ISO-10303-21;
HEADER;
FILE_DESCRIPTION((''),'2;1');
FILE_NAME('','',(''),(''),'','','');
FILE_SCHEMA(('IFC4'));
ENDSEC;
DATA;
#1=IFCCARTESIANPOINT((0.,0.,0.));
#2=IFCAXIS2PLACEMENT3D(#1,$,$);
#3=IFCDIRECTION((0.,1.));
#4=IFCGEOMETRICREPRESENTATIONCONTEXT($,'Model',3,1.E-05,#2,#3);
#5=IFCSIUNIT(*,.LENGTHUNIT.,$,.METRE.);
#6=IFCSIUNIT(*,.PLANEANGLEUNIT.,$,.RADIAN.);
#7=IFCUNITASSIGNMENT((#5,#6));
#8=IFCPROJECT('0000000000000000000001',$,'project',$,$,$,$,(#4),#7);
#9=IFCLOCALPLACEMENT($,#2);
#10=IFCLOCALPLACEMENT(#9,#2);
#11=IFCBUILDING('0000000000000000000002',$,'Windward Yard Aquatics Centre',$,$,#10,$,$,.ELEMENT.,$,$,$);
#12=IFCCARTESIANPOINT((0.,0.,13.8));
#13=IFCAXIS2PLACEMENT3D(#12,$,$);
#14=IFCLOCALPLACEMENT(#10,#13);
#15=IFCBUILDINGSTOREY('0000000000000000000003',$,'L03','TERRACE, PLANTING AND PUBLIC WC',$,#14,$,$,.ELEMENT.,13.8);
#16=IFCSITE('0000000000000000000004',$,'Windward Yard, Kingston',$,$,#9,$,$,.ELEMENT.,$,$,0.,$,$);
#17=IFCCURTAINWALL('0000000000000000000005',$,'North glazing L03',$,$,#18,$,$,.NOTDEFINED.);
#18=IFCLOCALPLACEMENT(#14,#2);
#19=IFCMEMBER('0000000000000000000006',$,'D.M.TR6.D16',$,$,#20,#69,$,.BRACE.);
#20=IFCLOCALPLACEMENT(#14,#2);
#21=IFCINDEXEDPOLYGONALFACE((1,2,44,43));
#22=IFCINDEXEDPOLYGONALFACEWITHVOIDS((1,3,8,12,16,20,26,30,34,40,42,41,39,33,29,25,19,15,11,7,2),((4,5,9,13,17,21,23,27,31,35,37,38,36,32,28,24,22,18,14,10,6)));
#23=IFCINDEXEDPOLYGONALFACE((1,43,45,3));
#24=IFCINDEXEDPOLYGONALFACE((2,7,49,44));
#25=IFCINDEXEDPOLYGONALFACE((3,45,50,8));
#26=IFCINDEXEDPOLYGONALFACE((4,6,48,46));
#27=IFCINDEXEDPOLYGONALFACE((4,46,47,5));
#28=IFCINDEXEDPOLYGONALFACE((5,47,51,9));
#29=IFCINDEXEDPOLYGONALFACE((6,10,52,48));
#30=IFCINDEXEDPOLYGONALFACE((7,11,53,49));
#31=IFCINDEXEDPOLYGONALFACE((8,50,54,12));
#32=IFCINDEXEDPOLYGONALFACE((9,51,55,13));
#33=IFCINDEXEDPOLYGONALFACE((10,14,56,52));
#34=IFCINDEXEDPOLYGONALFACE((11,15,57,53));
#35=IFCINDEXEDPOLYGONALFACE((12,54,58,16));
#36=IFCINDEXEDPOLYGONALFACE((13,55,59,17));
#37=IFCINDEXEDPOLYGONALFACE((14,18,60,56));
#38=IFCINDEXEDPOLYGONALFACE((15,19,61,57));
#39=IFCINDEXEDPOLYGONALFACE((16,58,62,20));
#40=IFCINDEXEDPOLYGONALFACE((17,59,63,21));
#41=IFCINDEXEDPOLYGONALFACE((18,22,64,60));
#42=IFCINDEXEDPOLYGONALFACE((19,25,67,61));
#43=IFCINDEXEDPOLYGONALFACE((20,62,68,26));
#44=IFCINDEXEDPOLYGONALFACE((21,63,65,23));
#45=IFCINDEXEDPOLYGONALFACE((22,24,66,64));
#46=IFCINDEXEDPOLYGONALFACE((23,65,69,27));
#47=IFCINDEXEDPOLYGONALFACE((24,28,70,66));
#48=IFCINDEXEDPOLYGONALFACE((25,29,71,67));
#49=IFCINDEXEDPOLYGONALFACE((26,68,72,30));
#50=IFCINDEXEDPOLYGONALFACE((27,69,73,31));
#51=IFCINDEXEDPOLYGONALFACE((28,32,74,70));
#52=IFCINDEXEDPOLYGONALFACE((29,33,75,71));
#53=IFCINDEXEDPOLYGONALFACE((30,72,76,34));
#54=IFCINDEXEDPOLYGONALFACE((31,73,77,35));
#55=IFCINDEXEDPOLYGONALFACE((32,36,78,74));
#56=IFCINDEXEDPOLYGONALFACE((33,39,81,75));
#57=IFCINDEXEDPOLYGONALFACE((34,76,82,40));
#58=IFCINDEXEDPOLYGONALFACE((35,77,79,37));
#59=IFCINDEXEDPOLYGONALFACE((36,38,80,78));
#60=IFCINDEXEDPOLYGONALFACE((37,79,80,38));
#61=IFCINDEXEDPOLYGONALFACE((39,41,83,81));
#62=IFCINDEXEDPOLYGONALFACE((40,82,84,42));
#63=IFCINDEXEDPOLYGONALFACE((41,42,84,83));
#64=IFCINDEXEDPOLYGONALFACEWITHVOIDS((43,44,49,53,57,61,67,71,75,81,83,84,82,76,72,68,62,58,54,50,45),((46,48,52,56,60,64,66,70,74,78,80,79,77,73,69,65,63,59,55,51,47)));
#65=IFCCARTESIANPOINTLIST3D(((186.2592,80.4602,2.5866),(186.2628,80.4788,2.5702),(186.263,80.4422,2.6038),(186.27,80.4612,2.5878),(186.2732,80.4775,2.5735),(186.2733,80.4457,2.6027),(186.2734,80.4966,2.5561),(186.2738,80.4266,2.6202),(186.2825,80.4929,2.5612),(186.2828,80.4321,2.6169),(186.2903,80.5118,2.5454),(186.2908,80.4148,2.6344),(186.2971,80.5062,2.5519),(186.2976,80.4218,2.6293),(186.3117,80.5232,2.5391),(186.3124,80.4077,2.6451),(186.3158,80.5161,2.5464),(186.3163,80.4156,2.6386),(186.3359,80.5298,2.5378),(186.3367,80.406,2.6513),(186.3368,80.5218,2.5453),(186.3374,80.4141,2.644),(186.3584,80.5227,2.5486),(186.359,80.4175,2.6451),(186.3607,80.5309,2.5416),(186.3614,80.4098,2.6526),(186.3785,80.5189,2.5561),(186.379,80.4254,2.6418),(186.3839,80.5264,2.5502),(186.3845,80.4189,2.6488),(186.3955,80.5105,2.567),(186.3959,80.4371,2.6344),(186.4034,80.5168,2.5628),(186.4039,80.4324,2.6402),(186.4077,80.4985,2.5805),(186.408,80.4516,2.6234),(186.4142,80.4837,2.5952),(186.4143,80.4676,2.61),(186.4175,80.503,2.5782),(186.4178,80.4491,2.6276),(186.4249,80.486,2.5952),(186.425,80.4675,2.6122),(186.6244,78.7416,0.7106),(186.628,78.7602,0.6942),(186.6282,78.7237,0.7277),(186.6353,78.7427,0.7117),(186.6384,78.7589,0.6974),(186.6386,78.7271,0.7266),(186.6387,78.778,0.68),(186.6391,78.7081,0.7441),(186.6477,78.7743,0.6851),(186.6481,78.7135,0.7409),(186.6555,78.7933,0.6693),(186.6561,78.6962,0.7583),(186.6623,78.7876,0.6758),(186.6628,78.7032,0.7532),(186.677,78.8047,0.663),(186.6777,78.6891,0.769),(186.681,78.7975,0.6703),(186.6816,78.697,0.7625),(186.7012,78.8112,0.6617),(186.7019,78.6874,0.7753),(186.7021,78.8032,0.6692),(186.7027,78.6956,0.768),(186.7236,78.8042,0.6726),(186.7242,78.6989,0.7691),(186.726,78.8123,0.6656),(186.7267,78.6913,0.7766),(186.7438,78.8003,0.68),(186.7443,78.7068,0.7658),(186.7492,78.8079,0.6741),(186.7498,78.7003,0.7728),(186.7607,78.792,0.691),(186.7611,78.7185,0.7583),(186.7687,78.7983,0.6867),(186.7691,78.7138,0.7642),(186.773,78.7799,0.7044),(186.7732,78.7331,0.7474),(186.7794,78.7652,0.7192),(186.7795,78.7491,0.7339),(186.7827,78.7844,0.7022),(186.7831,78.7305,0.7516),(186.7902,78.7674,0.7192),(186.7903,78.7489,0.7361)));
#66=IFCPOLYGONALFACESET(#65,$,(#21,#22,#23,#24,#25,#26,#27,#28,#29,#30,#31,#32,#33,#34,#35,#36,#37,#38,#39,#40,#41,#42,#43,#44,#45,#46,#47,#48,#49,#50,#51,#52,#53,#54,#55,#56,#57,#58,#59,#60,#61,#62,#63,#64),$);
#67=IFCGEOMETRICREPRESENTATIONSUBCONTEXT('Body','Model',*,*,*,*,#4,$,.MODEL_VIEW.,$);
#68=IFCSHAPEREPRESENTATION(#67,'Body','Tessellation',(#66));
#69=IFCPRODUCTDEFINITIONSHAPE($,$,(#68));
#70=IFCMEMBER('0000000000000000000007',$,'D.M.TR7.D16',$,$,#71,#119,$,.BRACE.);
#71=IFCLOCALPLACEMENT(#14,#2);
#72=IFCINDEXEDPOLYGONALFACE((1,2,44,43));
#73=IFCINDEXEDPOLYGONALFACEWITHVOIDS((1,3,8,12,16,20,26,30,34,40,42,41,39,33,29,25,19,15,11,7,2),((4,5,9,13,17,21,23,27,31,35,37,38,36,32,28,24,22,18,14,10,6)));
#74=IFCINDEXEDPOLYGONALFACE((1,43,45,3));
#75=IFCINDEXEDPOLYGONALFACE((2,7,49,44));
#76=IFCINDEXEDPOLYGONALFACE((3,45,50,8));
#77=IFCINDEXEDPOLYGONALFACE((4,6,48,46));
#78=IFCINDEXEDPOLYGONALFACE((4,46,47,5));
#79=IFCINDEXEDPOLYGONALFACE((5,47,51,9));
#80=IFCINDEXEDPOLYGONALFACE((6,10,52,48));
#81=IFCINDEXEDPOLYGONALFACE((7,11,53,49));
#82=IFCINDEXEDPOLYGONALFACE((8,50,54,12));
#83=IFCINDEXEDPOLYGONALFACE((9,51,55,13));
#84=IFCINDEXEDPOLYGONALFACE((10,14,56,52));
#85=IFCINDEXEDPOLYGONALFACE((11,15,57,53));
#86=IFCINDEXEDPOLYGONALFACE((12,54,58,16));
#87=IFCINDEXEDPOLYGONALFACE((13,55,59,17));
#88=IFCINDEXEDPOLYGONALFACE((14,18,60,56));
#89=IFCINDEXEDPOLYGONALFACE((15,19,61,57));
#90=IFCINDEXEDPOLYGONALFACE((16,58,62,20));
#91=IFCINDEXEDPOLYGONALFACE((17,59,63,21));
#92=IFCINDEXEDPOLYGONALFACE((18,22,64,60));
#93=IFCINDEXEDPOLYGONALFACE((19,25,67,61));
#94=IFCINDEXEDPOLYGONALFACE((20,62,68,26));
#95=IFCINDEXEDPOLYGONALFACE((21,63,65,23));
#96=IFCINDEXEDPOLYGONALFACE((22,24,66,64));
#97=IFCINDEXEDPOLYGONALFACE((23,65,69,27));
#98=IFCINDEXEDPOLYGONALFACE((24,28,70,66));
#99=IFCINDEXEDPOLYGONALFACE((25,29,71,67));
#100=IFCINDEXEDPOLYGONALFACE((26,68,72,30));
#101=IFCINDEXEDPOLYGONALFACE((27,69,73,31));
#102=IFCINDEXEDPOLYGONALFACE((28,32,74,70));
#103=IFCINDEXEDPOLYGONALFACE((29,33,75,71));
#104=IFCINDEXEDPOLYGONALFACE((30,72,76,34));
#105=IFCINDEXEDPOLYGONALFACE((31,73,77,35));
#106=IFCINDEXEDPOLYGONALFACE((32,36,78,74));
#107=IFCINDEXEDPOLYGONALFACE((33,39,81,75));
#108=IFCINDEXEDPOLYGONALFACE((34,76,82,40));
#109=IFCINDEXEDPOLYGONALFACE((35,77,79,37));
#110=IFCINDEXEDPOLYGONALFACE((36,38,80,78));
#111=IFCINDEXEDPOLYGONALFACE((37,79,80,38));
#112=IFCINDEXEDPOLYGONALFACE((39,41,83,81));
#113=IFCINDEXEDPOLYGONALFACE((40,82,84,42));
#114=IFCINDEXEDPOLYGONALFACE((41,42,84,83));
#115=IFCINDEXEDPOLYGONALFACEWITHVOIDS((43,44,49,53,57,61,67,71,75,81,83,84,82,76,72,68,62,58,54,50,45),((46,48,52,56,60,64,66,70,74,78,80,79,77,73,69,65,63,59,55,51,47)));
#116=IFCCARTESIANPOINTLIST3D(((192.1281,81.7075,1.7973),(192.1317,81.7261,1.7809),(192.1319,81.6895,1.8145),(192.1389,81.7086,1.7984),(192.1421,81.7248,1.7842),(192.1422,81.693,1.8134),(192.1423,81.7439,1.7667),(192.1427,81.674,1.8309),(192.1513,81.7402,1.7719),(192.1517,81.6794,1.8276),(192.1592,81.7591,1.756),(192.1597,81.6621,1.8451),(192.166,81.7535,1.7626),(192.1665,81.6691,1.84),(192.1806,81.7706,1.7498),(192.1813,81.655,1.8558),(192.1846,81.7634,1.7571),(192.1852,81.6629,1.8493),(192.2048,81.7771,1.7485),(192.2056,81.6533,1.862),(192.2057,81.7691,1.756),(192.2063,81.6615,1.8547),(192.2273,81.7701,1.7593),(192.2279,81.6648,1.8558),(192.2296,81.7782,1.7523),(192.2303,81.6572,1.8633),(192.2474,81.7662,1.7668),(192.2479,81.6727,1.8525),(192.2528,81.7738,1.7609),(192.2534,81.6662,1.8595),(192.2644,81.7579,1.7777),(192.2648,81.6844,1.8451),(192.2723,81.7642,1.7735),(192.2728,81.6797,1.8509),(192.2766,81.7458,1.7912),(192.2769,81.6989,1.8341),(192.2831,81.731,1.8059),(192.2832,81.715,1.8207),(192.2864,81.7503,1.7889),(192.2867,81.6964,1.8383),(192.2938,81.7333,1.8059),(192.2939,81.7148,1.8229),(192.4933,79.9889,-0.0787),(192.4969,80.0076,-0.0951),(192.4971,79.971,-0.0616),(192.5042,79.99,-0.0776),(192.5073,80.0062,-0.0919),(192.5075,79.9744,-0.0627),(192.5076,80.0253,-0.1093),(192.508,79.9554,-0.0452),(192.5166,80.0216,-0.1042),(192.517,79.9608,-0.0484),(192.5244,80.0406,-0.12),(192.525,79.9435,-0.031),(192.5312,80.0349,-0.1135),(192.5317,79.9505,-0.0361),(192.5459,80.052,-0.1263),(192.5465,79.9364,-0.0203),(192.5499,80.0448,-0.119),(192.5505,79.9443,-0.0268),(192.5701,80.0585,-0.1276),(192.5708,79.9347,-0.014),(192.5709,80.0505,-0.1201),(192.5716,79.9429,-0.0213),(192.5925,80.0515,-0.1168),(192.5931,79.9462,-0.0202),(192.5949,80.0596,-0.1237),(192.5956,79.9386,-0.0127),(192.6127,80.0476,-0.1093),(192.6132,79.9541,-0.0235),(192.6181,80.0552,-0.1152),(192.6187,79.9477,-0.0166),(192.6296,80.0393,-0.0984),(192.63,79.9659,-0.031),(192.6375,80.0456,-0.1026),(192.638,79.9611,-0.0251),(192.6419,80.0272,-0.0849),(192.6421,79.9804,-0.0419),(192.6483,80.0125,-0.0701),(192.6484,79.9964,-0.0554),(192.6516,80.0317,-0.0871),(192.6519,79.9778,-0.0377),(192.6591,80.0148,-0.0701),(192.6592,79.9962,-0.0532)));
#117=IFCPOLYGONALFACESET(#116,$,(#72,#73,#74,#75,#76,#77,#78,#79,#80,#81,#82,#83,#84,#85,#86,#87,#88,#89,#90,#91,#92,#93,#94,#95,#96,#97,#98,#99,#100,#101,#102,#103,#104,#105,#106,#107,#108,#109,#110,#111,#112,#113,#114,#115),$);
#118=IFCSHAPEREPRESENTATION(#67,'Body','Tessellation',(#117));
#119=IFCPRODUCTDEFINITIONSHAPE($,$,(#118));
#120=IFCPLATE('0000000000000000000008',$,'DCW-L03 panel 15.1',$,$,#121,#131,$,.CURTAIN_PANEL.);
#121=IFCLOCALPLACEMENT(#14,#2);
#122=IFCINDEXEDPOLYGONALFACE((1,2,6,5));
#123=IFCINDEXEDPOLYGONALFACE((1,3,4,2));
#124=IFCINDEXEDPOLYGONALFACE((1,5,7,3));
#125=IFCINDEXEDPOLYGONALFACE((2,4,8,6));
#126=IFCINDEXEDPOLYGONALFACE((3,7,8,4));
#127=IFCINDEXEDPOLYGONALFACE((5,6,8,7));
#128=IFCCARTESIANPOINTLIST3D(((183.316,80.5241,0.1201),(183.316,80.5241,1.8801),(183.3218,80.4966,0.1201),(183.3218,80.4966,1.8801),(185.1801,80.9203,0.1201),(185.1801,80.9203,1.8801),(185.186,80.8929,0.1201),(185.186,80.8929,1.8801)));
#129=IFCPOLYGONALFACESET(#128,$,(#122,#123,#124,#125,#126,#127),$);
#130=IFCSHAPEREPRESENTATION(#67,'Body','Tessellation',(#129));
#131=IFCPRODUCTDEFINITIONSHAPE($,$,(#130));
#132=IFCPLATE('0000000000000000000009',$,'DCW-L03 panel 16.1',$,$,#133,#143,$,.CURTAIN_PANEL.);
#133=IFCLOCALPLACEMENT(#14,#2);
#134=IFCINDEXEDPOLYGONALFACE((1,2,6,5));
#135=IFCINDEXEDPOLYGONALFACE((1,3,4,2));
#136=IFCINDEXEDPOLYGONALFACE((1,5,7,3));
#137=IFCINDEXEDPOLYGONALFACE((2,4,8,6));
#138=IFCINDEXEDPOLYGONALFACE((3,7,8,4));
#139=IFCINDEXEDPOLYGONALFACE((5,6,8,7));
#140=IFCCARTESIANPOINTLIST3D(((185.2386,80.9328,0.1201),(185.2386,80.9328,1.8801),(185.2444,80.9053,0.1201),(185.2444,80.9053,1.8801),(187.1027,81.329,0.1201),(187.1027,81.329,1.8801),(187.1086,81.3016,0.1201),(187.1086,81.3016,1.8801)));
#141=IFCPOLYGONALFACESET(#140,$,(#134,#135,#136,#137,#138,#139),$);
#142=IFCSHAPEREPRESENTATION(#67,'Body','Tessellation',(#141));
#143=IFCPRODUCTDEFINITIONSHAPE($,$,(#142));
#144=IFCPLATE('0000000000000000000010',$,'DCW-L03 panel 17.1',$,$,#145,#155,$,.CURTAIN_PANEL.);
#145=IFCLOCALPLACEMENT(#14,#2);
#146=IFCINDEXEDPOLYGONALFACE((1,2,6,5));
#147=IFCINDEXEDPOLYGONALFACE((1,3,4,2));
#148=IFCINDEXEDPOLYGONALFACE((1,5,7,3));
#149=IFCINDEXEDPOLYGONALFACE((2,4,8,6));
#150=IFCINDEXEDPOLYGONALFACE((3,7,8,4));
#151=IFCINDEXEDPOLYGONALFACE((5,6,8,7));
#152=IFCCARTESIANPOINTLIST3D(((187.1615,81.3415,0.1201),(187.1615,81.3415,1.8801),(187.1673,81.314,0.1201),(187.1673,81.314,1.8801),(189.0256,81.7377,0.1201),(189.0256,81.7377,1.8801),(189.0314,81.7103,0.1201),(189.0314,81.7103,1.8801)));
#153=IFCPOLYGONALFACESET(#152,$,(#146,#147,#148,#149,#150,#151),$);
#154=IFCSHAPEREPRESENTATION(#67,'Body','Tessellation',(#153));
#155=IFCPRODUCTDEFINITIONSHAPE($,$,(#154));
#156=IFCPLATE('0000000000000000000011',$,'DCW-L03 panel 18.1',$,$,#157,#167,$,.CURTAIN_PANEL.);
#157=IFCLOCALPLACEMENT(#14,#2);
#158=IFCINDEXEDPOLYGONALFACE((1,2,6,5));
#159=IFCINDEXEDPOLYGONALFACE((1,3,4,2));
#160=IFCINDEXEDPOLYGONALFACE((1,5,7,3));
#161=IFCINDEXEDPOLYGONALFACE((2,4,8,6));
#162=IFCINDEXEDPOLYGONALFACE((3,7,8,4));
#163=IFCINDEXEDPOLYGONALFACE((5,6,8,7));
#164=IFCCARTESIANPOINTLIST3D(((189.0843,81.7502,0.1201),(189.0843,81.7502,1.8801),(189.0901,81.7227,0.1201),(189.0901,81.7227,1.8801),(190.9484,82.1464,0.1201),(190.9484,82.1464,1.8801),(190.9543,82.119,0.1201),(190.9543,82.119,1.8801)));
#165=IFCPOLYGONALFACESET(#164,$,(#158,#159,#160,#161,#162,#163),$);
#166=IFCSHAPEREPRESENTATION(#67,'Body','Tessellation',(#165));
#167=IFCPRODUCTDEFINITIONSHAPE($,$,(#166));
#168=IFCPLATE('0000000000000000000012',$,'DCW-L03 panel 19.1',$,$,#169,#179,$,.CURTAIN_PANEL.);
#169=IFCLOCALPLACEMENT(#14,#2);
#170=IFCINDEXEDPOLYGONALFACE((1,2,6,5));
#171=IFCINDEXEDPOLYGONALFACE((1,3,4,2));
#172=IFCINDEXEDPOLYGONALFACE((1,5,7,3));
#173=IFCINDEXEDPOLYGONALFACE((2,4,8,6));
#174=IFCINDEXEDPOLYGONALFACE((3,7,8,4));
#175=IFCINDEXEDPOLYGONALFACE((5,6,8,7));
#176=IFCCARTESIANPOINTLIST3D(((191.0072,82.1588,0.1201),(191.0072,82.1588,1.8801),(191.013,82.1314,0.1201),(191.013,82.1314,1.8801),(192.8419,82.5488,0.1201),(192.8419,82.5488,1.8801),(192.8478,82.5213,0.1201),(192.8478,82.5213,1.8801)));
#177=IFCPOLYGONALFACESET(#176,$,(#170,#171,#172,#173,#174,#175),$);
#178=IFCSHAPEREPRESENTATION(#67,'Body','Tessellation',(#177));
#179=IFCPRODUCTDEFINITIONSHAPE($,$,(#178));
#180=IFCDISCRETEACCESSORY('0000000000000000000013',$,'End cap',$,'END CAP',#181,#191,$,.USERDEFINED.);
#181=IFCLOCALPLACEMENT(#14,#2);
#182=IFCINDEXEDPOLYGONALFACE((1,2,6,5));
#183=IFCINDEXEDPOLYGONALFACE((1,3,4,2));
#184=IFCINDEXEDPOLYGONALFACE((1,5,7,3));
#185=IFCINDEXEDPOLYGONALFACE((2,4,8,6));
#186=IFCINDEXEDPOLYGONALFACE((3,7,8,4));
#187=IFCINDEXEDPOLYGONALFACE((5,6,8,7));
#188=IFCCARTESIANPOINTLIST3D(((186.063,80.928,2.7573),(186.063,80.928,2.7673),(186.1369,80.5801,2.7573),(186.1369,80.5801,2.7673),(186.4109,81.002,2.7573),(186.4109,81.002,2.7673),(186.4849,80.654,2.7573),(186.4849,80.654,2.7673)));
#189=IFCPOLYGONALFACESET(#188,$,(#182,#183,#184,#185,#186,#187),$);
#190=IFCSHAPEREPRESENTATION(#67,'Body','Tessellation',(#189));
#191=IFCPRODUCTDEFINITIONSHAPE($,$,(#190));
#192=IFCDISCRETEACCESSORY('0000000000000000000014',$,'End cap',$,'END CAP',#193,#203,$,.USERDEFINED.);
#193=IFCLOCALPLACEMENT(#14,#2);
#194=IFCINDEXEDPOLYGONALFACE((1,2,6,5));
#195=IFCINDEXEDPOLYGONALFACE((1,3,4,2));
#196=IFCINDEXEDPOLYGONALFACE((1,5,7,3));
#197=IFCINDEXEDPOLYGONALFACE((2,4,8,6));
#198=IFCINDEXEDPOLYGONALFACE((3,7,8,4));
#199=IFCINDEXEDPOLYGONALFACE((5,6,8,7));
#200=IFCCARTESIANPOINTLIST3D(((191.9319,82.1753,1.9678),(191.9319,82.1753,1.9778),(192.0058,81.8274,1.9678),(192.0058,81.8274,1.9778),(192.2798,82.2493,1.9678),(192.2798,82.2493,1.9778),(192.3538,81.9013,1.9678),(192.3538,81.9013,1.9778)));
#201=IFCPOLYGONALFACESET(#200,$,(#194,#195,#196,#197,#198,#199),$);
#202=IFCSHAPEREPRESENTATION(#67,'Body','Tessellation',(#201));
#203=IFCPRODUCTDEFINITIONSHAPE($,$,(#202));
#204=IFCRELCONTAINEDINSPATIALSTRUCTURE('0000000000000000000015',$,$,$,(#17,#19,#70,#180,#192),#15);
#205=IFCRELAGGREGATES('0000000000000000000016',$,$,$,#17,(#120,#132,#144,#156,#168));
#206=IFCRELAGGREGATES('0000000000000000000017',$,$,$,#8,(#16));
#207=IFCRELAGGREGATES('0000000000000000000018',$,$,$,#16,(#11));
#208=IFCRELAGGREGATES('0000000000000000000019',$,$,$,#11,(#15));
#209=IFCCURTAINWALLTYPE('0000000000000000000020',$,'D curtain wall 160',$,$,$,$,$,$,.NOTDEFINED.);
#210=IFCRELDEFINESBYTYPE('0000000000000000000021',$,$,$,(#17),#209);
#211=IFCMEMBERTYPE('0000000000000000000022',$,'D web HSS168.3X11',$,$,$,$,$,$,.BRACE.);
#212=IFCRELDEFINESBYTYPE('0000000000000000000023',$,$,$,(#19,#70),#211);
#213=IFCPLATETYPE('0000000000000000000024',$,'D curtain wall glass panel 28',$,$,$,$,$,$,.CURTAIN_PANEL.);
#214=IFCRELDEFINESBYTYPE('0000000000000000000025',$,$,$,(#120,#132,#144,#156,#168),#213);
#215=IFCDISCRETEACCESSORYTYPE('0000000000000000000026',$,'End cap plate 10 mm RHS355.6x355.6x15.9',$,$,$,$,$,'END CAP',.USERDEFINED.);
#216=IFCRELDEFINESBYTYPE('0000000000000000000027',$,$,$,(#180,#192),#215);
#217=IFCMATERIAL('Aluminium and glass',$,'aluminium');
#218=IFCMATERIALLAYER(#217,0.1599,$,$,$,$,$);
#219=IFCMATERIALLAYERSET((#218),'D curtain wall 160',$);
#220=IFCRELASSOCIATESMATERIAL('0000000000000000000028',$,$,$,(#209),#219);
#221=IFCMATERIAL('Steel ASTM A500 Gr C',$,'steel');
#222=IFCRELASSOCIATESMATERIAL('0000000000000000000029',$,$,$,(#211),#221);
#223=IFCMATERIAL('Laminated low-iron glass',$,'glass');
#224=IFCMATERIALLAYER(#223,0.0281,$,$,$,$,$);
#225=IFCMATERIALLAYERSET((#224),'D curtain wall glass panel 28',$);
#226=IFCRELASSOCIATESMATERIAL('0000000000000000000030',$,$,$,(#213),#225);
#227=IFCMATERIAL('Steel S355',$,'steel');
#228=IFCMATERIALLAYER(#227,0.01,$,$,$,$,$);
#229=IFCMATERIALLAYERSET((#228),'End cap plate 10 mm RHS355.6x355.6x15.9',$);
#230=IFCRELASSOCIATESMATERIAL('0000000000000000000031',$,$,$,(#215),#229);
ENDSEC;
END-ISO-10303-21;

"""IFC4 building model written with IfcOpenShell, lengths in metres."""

from ifc_helpers import new_model, si_unit, direction, frame, origin, origin_2d, place, context, subcontext, project, spatial, rectangle, hollow_circle, extrude, material, layer, layer_set, material_profile, profile_set, type_object, element, aggregate, save


model = new_model("IFC4")

# Units and contexts
model_context = context("Model", 3, precision=1e-05, world=origin(), true_north=direction((0.0, 1.0)))
body_context = subcontext(model_context, "Body", "Model", "MODEL_VIEW")
ifc_project = project(units=[si_unit("LENGTHUNIT", "METRE"), si_unit("PLANEANGLEUNIT", "RADIAN")], contexts=[model_context])

# Site, building, storey
site_placement = place(None, origin())
site = spatial("IfcSite", under=ifc_project, at=site_placement, Name="Windward Yard, Kingston", CompositionType="ELEMENT", RefElevation=0.0)
building_placement = place(site_placement, origin())
building = spatial("IfcBuilding", under=site, at=building_placement, Name="Windward Yard Aquatics Centre", CompositionType="ELEMENT")
storey_placement = place(building_placement, frame((0.0, 0.0, 13.8)))
storey = spatial("IfcBuildingStorey", under=building, at=storey_placement, Name="L03", Description="TERRACE, PLANTING AND PUBLIC WC", CompositionType="ELEMENT", Elevation=13.8)

# Shared definitions
ifc_material_1 = material(Name="Steel ASTM A500 Gr C", Category="steel")

# Curtain wall
ifc_material_2 = material(Name="Aluminium and glass", Category="aluminium")
ifc_layer_1 = layer(ifc_material_2, 0.1599)
ifc_layer_set_1 = layer_set([ifc_layer_1], Name="D curtain wall 160")
curtain_wall_type = type_object("IfcCurtainWallType", Name="D curtain wall 160", PredefinedType="NOTDEFINED", material=ifc_layer_set_1)
curtain_wall_placement = place(storey_placement, origin())
curtain_wall = element("IfcCurtainWall", 1, at=curtain_wall_placement, inside=storey, type_object=curtain_wall_type, Name="North glazing L03", PredefinedType="NOTDEFINED")

# Members
ifc_material_profile_1 = material_profile(ifc_material_1, hollow_circle(Radius=0.0842, WallThickness=0.011, at=origin_2d()), Name="HSS168.3X11")
ifc_profile_set_1 = profile_set([ifc_material_profile_1], Name="Steel ASTM A500 Gr C")
member_type_1 = type_object("IfcMemberType", Name="D web HSS168.3X11", PredefinedType="BRACE", material=ifc_profile_set_1)
for number, where, z_axis, x_axis, name in (
    (2, (186.3425, 80.4685, 2.5952), (0.142103, -0.668626, -0.729894), (0.978153, 0.207887, 0.0), "D.M.TR6.D16"),
    (3, (192.2114, 81.7158, 1.8059), (0.142103, -0.668626, -0.729894), (0.978153, 0.207887, 0.0), "D.M.TR7.D16"),
):
    element("IfcMember", number, at=place(storey_placement, frame(where, z_axis=z_axis, x_axis=x_axis)), inside=storey, type_object=member_type_1, Name=name, PredefinedType="BRACE", context=body_context, shape_type="SweptSolid", body=[
        extrude(hollow_circle(Radius=0.0842, WallThickness=0.011, at=origin_2d()), origin(), (0.0, 0.0, 1.0), 2.5703),
    ])

# Plates
ifc_material_3 = material(Name="Laminated low-iron glass", Category="glass")
ifc_layer_2 = layer(ifc_material_3, 0.0281)
ifc_layer_set_2 = layer_set([ifc_layer_2], Name="D curtain wall glass panel 28")
plate_type = type_object("IfcPlateType", Name="D curtain wall glass panel 28", PredefinedType="CURTAIN_PANEL", material=ifc_layer_set_2)
plate_1_placement = place(storey_placement, frame((184.251, 80.7085, 0.1201), z_axis=(0.0, 0.0, 1.0), x_axis=(0.978148, 0.207912, 0.0)))
plate_1 = element("IfcPlate", 4, at=plate_1_placement, type_object=plate_type, Name="DCW-L03 panel 15.1", PredefinedType="CURTAIN_PANEL", context=body_context, shape_type="SweptSolid", body=[
    extrude(rectangle(XDim=1.9058, YDim=0.0281, at=origin_2d()), origin(), (0.0, 0.0, 1.0), 1.76),
])
plate_2_placement = place(storey_placement, frame((186.1736, 81.1172, 0.1201), z_axis=(0.0, 0.0, 1.0), x_axis=(0.978148, 0.207912, 0.0)))
plate_2 = element("IfcPlate", 5, at=plate_2_placement, type_object=plate_type, Name="DCW-L03 panel 16.1", PredefinedType="CURTAIN_PANEL", context=body_context, shape_type="SweptSolid", body=[
    extrude(rectangle(XDim=1.9058, YDim=0.0281, at=origin_2d()), origin(), (0.0, 0.0, 1.0), 1.76),
])
plate_3_placement = place(storey_placement, frame((188.0964, 81.5259, 0.1201), z_axis=(0.0, 0.0, 1.0), x_axis=(0.978148, 0.207912, 0.0)))
plate_3 = element("IfcPlate", 6, at=plate_3_placement, type_object=plate_type, Name="DCW-L03 panel 17.1", PredefinedType="CURTAIN_PANEL", context=body_context, shape_type="SweptSolid", body=[
    extrude(rectangle(XDim=1.9058, YDim=0.0281, at=origin_2d()), origin(), (0.0, 0.0, 1.0), 1.76),
])
plate_4_placement = place(storey_placement, frame((190.0193, 81.9346, 0.1201), z_axis=(0.0, 0.0, 1.0), x_axis=(0.978148, 0.207912, 0.0)))
plate_4 = element("IfcPlate", 7, at=plate_4_placement, type_object=plate_type, Name="DCW-L03 panel 18.1", PredefinedType="CURTAIN_PANEL", context=body_context, shape_type="SweptSolid", body=[
    extrude(rectangle(XDim=1.9058, YDim=0.0281, at=origin_2d()), origin(), (0.0, 0.0, 1.0), 1.76),
])
plate_5_placement = place(storey_placement, frame((191.9275, 82.3401, 0.1201), z_axis=(0.0, 0.0, 1.0), x_axis=(0.978148, 0.207912, 0.0)))
plate_5 = element("IfcPlate", 8, at=plate_5_placement, type_object=plate_type, Name="DCW-L03 panel 19.1", PredefinedType="CURTAIN_PANEL", context=body_context, shape_type="SweptSolid", body=[
    extrude(rectangle(XDim=1.8757, YDim=0.0281, at=origin_2d()), origin(), (0.0, 0.0, 1.0), 1.76),
])
aggregate(curtain_wall, [plate_1, plate_2, plate_3, plate_4, plate_5])

# Discrete accessories
ifc_material_4 = material(Name="Steel S355", Category="steel")
ifc_layer_3 = layer(ifc_material_4, 0.01)
ifc_layer_set_3 = layer_set([ifc_layer_3], Name="End cap plate 10 mm RHS355.6x355.6x15.9")
discrete_accessory_type_1 = type_object("IfcDiscreteAccessoryType", Name="End cap plate 10 mm RHS355.6x355.6x15.9", ElementType="END CAP", PredefinedType="USERDEFINED", material=ifc_layer_set_3)
for number, where, z_axis, x_axis, name in (
    (9, (186.2739, 80.791, 2.7573), (0.0, 0.0, 1.0), (0.978148, 0.207912, 0.0), "End cap"),
    (10, (192.1428, 82.0383, 1.9678), (0.0, 0.0, 1.0), (0.978148, 0.207912, 0.0), "End cap"),
):
    element("IfcDiscreteAccessory", number, at=place(storey_placement, frame(where, z_axis=z_axis, x_axis=x_axis)), inside=storey, type_object=discrete_accessory_type_1, Name=name, ObjectType="END CAP", PredefinedType="USERDEFINED", context=body_context, shape_type="SweptSolid", body=[
        extrude(rectangle(XDim=0.3557, YDim=0.3557, at=origin_2d()), origin(), (0.0, 0.0, 1.0), 0.01),
    ])

save(model, "model.ifc")
